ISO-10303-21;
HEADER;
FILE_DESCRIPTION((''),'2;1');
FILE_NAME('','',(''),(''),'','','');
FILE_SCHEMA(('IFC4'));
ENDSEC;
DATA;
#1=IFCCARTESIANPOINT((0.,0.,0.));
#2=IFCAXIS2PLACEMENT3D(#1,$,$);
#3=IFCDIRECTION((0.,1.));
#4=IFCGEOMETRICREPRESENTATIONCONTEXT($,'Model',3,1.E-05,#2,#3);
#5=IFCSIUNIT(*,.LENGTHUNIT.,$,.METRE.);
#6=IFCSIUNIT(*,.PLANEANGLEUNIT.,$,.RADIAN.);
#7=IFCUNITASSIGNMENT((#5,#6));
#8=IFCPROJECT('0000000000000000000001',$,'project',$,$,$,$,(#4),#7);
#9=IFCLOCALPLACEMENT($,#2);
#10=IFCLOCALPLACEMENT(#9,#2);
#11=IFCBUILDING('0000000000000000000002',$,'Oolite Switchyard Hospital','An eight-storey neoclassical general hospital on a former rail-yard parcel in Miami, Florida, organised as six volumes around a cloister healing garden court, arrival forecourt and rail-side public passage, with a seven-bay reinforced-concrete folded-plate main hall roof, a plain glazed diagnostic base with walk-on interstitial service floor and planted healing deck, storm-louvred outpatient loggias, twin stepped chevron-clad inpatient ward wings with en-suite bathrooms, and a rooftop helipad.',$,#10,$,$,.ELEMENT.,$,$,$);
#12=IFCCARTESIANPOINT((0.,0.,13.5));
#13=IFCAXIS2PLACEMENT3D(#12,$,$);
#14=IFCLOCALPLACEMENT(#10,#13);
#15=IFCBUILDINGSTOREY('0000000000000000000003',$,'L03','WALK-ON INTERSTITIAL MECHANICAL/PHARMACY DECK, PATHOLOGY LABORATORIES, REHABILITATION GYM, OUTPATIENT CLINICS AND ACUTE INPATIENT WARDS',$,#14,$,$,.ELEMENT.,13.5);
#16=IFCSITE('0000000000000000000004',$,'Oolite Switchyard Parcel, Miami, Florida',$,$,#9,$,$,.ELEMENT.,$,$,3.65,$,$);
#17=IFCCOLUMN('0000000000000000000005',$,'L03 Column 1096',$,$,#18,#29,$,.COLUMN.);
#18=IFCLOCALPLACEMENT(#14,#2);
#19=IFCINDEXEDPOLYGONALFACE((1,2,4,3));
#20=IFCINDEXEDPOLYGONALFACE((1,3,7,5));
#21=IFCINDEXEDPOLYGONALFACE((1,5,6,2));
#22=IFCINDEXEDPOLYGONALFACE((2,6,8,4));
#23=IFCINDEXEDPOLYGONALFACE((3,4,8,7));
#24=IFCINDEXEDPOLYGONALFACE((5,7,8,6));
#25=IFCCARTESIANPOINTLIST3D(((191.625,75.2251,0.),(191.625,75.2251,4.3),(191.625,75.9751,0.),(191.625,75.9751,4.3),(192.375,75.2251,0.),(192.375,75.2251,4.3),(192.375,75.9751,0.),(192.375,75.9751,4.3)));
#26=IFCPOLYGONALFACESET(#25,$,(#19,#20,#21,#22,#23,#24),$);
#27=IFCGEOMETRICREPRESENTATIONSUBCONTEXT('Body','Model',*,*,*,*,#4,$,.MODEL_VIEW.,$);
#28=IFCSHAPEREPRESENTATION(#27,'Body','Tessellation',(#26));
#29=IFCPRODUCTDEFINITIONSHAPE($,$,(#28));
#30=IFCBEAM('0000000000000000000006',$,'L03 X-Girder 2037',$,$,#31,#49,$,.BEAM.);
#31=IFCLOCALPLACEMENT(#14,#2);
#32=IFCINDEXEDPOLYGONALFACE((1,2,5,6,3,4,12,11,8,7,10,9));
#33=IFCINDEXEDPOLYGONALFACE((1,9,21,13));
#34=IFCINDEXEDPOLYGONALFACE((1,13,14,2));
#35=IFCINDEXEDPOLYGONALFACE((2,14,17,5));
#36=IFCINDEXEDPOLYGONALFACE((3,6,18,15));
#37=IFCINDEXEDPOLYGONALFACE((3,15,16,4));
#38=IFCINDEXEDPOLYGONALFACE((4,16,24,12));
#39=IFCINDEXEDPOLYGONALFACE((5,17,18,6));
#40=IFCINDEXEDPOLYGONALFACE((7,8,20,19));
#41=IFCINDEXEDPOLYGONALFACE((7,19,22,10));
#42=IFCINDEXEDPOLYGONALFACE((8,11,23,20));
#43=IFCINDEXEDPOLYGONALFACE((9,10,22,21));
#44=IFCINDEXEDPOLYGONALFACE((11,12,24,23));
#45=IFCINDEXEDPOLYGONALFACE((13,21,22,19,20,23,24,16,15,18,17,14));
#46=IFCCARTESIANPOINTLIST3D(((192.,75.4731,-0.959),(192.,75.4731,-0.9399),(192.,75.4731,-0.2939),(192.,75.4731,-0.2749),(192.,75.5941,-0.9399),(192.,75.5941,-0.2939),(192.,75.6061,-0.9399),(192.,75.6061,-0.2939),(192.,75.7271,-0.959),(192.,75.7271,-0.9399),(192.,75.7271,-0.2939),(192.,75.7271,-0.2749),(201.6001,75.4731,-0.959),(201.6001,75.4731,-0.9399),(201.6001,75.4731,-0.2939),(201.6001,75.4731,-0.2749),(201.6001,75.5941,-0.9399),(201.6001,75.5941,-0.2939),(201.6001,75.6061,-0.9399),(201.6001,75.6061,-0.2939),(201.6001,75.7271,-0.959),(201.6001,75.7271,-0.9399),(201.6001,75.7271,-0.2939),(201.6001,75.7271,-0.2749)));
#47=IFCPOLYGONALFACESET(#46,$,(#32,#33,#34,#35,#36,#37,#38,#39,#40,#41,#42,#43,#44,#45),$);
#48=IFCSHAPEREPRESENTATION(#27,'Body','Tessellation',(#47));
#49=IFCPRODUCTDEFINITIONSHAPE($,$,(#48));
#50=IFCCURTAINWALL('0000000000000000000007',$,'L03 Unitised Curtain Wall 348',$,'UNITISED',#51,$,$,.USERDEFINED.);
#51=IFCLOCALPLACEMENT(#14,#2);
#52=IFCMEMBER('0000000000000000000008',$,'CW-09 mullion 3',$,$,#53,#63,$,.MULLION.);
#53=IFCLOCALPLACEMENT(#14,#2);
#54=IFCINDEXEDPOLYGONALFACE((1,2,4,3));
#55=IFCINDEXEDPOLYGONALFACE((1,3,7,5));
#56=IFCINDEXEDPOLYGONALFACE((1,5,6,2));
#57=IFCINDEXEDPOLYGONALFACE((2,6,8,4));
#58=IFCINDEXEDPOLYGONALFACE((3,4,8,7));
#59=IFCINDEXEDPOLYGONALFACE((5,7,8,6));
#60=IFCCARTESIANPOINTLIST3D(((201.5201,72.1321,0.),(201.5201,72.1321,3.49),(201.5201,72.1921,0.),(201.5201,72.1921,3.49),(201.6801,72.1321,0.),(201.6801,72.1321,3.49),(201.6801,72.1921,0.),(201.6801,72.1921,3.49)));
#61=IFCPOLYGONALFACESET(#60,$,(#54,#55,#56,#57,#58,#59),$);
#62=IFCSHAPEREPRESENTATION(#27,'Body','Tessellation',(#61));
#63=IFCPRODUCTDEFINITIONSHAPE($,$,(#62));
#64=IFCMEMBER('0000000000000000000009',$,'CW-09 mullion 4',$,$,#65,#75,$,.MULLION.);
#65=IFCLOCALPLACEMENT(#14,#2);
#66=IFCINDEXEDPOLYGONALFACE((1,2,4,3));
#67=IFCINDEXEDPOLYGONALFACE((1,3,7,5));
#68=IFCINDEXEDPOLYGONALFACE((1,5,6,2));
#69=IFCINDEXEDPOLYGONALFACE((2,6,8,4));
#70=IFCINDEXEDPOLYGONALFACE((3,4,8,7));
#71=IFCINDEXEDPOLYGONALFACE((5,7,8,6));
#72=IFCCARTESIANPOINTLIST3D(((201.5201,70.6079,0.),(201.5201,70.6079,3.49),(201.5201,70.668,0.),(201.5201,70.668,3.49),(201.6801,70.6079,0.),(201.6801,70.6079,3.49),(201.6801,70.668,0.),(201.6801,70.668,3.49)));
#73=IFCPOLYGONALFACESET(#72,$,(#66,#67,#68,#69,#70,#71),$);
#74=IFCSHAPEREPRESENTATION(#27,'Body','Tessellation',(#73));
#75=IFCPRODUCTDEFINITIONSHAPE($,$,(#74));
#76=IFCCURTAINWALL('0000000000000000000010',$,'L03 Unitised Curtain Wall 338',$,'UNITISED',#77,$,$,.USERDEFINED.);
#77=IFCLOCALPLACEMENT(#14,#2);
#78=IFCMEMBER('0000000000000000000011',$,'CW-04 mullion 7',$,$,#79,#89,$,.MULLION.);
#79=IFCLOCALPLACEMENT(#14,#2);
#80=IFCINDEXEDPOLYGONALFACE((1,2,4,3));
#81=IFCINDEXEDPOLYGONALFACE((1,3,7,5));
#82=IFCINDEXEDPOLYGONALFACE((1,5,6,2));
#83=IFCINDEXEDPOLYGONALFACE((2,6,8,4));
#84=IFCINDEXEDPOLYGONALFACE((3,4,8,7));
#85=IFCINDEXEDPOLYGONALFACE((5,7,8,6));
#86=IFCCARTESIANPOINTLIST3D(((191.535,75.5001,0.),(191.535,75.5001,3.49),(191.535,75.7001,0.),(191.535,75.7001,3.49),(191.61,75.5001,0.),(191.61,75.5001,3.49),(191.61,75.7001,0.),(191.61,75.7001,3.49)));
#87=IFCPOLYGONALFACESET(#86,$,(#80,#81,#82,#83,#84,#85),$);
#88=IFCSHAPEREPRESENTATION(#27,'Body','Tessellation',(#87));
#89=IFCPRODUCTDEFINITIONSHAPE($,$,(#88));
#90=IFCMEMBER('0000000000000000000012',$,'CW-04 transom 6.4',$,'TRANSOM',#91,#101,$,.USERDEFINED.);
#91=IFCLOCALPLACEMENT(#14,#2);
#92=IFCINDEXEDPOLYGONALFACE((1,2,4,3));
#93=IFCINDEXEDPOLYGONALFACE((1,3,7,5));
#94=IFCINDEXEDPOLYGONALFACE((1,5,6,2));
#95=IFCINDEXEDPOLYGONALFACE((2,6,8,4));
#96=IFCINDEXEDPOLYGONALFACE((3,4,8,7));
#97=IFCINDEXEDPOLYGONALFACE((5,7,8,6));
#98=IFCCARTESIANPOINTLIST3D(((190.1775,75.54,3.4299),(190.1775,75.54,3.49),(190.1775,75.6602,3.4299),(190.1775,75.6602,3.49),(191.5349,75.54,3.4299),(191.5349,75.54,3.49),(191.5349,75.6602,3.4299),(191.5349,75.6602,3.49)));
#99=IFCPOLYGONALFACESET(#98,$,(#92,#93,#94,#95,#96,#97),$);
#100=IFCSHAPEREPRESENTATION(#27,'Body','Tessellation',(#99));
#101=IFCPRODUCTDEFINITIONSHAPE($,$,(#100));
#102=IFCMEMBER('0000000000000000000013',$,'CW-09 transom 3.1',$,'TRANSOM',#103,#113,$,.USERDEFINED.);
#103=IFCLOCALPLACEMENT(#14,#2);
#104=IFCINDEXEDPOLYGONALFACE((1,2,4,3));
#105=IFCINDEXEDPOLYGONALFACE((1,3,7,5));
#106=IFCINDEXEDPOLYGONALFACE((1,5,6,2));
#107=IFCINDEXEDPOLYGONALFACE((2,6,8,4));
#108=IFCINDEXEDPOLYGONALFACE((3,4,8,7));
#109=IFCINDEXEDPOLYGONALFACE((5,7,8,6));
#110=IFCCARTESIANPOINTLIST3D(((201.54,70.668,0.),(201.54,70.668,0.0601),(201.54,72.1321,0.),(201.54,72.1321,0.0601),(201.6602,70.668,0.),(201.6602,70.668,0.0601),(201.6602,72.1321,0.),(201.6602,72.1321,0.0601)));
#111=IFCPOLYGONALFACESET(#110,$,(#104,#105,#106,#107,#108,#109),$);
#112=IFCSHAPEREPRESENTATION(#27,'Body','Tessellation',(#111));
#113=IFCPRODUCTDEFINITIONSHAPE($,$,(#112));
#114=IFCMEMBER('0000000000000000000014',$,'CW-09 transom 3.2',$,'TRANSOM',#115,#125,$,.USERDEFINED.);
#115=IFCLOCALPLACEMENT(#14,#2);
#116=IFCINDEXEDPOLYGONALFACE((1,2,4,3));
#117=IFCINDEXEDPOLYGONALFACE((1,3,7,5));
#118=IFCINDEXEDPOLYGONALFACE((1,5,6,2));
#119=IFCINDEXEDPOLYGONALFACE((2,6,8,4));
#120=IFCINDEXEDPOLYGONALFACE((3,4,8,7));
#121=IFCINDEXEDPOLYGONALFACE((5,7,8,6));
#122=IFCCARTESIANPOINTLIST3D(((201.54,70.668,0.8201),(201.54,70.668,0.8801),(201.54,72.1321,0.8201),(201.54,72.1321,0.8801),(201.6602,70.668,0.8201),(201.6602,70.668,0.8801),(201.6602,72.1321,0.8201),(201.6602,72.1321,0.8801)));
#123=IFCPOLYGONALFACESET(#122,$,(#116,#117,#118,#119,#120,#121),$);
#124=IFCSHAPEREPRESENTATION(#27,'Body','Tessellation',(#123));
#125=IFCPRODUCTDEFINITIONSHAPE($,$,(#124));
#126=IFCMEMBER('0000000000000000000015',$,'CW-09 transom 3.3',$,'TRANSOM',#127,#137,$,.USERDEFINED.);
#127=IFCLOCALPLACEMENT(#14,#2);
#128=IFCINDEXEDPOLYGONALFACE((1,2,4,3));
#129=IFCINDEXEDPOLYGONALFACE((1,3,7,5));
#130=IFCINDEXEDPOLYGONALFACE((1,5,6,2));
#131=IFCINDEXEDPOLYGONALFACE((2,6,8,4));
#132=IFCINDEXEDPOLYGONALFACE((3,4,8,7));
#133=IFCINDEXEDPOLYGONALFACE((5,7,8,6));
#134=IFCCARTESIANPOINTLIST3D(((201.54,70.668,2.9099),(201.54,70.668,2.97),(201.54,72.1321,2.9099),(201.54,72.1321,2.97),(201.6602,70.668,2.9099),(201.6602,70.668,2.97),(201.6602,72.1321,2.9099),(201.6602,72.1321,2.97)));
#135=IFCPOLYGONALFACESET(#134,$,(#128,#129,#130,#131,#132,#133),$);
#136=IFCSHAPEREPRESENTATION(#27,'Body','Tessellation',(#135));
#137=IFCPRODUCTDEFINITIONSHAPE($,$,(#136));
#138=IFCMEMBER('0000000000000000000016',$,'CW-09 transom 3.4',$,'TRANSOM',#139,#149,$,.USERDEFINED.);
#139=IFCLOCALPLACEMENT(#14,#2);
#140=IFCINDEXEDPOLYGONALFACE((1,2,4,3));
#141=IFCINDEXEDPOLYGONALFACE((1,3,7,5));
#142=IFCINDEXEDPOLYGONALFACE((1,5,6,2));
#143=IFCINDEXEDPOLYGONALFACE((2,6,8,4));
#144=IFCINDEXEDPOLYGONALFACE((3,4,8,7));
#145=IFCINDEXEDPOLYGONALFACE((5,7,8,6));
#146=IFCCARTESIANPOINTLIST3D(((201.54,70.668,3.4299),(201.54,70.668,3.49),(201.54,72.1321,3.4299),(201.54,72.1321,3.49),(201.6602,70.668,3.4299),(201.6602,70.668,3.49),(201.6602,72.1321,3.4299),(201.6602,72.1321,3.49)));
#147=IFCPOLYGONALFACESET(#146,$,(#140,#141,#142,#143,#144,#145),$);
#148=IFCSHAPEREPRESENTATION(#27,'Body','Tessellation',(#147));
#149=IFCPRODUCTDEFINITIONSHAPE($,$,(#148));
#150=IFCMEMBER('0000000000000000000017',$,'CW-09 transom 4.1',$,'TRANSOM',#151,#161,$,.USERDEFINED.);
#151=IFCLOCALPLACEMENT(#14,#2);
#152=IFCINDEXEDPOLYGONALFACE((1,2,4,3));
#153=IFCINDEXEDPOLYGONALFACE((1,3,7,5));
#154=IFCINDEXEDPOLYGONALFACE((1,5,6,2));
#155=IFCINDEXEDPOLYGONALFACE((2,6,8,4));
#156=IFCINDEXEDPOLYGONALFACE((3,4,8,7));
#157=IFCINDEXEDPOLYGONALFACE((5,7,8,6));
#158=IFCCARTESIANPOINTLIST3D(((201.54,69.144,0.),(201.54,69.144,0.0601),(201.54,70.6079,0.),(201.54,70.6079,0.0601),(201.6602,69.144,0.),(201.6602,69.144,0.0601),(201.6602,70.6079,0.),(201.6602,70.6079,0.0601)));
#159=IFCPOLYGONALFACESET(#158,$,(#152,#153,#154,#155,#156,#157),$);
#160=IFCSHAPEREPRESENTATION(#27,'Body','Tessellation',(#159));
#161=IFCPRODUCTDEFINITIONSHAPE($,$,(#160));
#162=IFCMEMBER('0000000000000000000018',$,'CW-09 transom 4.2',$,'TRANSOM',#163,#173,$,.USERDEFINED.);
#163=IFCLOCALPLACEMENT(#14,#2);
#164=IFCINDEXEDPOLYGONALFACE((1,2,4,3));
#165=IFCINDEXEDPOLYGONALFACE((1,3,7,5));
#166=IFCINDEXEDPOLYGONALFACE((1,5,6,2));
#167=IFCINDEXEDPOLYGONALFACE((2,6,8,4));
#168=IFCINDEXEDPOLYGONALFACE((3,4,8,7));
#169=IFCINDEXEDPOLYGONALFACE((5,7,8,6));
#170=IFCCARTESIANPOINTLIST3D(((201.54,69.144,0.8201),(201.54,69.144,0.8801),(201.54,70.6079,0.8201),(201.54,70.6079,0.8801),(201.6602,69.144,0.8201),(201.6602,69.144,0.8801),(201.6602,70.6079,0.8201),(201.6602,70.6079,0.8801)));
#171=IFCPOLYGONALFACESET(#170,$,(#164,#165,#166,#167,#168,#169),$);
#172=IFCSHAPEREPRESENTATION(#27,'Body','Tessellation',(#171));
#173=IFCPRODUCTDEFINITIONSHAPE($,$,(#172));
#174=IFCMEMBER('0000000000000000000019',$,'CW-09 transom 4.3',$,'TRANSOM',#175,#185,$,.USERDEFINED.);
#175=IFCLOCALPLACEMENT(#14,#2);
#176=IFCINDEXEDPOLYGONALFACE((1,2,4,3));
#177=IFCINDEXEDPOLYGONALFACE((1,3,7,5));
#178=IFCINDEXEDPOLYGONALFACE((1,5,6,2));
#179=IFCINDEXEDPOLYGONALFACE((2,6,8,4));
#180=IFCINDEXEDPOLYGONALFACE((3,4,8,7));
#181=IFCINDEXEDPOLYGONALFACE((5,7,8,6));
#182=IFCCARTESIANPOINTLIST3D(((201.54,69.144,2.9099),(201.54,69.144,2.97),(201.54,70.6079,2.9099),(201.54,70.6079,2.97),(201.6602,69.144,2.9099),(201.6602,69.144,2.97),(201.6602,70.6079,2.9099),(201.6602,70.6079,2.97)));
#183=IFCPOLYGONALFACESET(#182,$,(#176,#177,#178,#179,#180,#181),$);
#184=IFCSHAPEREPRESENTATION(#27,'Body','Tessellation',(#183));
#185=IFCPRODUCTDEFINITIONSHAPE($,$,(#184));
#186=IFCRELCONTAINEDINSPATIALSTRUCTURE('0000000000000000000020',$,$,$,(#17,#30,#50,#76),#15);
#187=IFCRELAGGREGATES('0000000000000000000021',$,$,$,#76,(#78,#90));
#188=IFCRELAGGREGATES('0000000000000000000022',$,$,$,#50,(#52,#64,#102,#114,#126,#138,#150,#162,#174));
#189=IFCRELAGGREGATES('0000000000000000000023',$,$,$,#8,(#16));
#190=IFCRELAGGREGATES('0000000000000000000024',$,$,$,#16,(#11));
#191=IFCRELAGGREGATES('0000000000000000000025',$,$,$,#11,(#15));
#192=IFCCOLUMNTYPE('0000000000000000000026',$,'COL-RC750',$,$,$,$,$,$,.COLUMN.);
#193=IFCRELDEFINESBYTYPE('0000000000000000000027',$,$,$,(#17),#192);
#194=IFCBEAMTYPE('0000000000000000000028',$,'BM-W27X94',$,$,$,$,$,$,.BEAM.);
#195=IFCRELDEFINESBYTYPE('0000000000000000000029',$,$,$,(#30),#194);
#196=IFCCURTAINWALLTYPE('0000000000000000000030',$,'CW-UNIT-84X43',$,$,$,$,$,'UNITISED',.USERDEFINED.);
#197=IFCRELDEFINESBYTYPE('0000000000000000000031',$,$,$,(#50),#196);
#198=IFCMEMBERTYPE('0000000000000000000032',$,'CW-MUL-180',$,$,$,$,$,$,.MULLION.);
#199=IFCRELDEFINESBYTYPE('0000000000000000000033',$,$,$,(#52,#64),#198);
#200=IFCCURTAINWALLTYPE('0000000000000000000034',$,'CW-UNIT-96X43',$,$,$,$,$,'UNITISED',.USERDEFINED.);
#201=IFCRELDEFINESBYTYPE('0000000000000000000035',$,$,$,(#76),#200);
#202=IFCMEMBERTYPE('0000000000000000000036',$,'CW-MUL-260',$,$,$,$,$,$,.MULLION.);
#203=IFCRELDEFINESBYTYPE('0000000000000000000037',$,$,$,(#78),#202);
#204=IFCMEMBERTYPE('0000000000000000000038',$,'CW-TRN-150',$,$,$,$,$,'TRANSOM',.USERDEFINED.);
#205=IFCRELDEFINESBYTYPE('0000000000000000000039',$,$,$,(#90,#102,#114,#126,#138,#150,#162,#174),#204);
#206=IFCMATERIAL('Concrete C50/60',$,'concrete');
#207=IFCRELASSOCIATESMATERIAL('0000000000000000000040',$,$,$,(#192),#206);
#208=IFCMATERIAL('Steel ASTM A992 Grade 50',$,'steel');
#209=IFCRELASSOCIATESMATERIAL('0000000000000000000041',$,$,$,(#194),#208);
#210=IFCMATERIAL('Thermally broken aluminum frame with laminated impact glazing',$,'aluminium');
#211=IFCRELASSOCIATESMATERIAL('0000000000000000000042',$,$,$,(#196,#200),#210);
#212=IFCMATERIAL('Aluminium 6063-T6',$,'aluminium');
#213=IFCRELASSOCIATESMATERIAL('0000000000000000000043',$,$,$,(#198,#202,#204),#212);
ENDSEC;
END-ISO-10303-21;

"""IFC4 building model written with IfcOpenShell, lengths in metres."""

from ifc_helpers import new_model, si_unit, direction, frame, origin, origin_2d, place, context, subcontext, project, spatial, rectangle, i_section, extrude, material, material_profile, profile_set, type_object, element, aggregate, save


model = new_model("IFC4")

# Units and contexts
model_context = context("Model", 3, precision=1e-05, world=origin(), true_north=direction((0.0, 1.0)))
body_context = subcontext(model_context, "Body", "Model", "MODEL_VIEW")
ifc_project = project(units=[si_unit("LENGTHUNIT", "METRE"), si_unit("PLANEANGLEUNIT", "RADIAN")], contexts=[model_context])

# Site, building, storey
site_placement = place(None, origin())
site = spatial("IfcSite", under=ifc_project, at=site_placement, Name="Oolite Switchyard Parcel, Miami, Florida", CompositionType="ELEMENT", RefElevation=3.65)
building_placement = place(site_placement, origin())
building = spatial("IfcBuilding", under=site, at=building_placement, Name="Oolite Switchyard Hospital", Description="An eight-storey neoclassical general hospital on a former rail-yard parcel in Miami, Florida, organised as six volumes around a cloister healing garden court, arrival forecourt and rail-side public passage, with a seven-bay reinforced-concrete folded-plate main hall roof, a plain glazed diagnostic base with walk-on interstitial service floor and planted healing deck, storm-louvred outpatient loggias, twin stepped chevron-clad inpatient ward wings with en-suite bathrooms, and a rooftop helipad.", CompositionType="ELEMENT")
storey_placement = place(building_placement, frame((0.0, 0.0, 13.5)))
storey = spatial("IfcBuildingStorey", under=building, at=storey_placement, Name="L03", Description="WALK-ON INTERSTITIAL MECHANICAL/PHARMACY DECK, PATHOLOGY LABORATORIES, REHABILITATION GYM, OUTPATIENT CLINICS AND ACUTE INPATIENT WARDS", CompositionType="ELEMENT", Elevation=13.5)

# Column
ifc_material_1 = material(Name="Concrete C50/60", Category="concrete")
ifc_material_profile_1 = material_profile(ifc_material_1, rectangle(XDim=0.75, YDim=0.75, at=origin_2d()), Name="RC750X750")
ifc_profile_set_1 = profile_set([ifc_material_profile_1], Name="Concrete C50/60")
column_type = type_object("IfcColumnType", Name="COL-RC750", PredefinedType="COLUMN", material=ifc_profile_set_1)
column_placement = place(storey_placement, frame((192.0, 75.6001, 0.0), z_axis=(0.0, 0.0, 1.0), x_axis=(1.0, 0.0, 0.0)))
element("IfcColumn", 1, at=column_placement, inside=storey, type_object=column_type, Name="L03 Column 1096", PredefinedType="COLUMN", context=body_context, shape_type="SweptSolid", body=[
    extrude(rectangle(XDim=0.75, YDim=0.75, at=origin_2d()), origin(), (0.0, 0.0, 1.0), 4.3),
])

# Beam
ifc_material_2 = material(Name="Steel ASTM A992 Grade 50", Category="steel")
ifc_material_profile_2 = material_profile(ifc_material_2, i_section(OverallWidth=0.2539, OverallDepth=0.6841, WebThickness=0.012, FlangeThickness=0.019, at=origin_2d()), Name="W27X94")
ifc_profile_set_2 = profile_set([ifc_material_profile_2], Name="Steel ASTM A992 Grade 50")
beam_type = type_object("IfcBeamType", Name="BM-W27X94", PredefinedType="BEAM", material=ifc_profile_set_2)
beam_placement = place(storey_placement, frame((192.0, 75.6001, -0.6169), z_axis=(1.0, 0.0, 0.0), x_axis=(0.0, 1.0, 0.0)))
element("IfcBeam", 2, at=beam_placement, inside=storey, type_object=beam_type, Name="L03 X-Girder 2037", PredefinedType="BEAM", context=body_context, shape_type="SweptSolid", body=[
    extrude(i_section(OverallWidth=0.2539, OverallDepth=0.6841, WebThickness=0.012, FlangeThickness=0.019, at=origin_2d()), origin(), (0.0, 0.0, 1.0), 9.6001),
])

# Curtain walls, members
ifc_material_3 = material(Name="Thermally broken aluminum frame with laminated impact glazing", Category="aluminium")
curtain_wall_type_1 = type_object("IfcCurtainWallType", Name="CW-UNIT-84X43", ElementType="UNITISED", PredefinedType="USERDEFINED", material=ifc_material_3)
curtain_wall_1_placement = place(storey_placement, origin())
curtain_wall_1 = element("IfcCurtainWall", 3, at=curtain_wall_1_placement, inside=storey, type_object=curtain_wall_type_1, Name="L03 Unitised Curtain Wall 348", ObjectType="UNITISED", PredefinedType="USERDEFINED")
ifc_material_4 = material(Name="Aluminium 6063-T6", Category="aluminium")
ifc_material_profile_3 = material_profile(ifc_material_4, rectangle(XDim=0.1599, YDim=0.0601, at=origin_2d()), Name="CWM60X160")
ifc_profile_set_3 = profile_set([ifc_material_profile_3], Name="Aluminium 6063-T6")
member_type_1 = type_object("IfcMemberType", Name="CW-MUL-180", PredefinedType="MULLION", material=ifc_profile_set_3)
member_1_placement = place(storey_placement, frame((201.6001, 72.1621, 0.0), z_axis=(0.0, 0.0, 1.0), x_axis=(1.0, 0.0, 0.0)))
member_1 = element("IfcMember", 4, at=member_1_placement, type_object=member_type_1, Name="CW-09 mullion 3", PredefinedType="MULLION", context=body_context, shape_type="SweptSolid", body=[
    extrude(rectangle(XDim=0.1599, YDim=0.0601, at=origin_2d()), origin(), (0.0, 0.0, 1.0), 3.49),
])
member_2_placement = place(storey_placement, frame((201.6001, 70.6379, 0.0), z_axis=(0.0, 0.0, 1.0), x_axis=(1.0, 0.0, 0.0)))
member_2 = element("IfcMember", 5, at=member_2_placement, type_object=member_type_1, Name="CW-09 mullion 4", PredefinedType="MULLION", context=body_context, shape_type="SweptSolid", body=[
    extrude(rectangle(XDim=0.1599, YDim=0.0601, at=origin_2d()), origin(), (0.0, 0.0, 1.0), 3.49),
])
curtain_wall_type_2 = type_object("IfcCurtainWallType", Name="CW-UNIT-96X43", ElementType="UNITISED", PredefinedType="USERDEFINED", material=ifc_material_3)
curtain_wall_2_placement = place(storey_placement, origin())
curtain_wall_2 = element("IfcCurtainWall", 6, at=curtain_wall_2_placement, inside=storey, type_object=curtain_wall_type_2, Name="L03 Unitised Curtain Wall 338", ObjectType="UNITISED", PredefinedType="USERDEFINED")
ifc_material_profile_4 = material_profile(ifc_material_4, rectangle(XDim=0.2, YDim=0.075, at=origin_2d()), Name="CWM75X200")
ifc_profile_set_4 = profile_set([ifc_material_profile_4], Name="Aluminium 6063-T6")
member_type_2 = type_object("IfcMemberType", Name="CW-MUL-260", PredefinedType="MULLION", material=ifc_profile_set_4)
member_3_placement = place(storey_placement, frame((191.5725, 75.6001, 0.0), z_axis=(0.0, 0.0, 1.0), x_axis=(0.0, 1.0, 0.0)))
member_3 = element("IfcMember", 7, at=member_3_placement, type_object=member_type_2, Name="CW-04 mullion 7", PredefinedType="MULLION", context=body_context, shape_type="SweptSolid", body=[
    extrude(rectangle(XDim=0.2, YDim=0.075, at=origin_2d()), origin(), (0.0, 0.0, 1.0), 3.49),
])
ifc_material_profile_5 = material_profile(ifc_material_4, rectangle(XDim=0.1201, YDim=0.0601, at=origin_2d()), Name="CWT60X120")
ifc_profile_set_5 = profile_set([ifc_material_profile_5], Name="Aluminium 6063-T6")
member_type_3 = type_object("IfcMemberType", Name="CW-TRN-150", ElementType="TRANSOM", PredefinedType="USERDEFINED", material=ifc_profile_set_5)
member_4_placement = place(storey_placement, frame((190.1775, 75.6001, 3.46), z_axis=(1.0, 0.0, 0.0), x_axis=(0.0, 1.0, 0.0)))
member_4 = element("IfcMember", 8, at=member_4_placement, type_object=member_type_3, Name="CW-04 transom 6.4", ObjectType="TRANSOM", PredefinedType="USERDEFINED", context=body_context, shape_type="SweptSolid", body=[
    extrude(rectangle(XDim=0.1201, YDim=0.0601, at=origin_2d()), origin(), (0.0, 0.0, 1.0), 1.3574),
])

# Members
member_5_placement = place(storey_placement, frame((201.6001, 72.1321, 0.03), z_axis=(0.0, -1.0, 0.0), x_axis=(1.0, 0.0, 0.0)))
member_5 = element("IfcMember", 9, at=member_5_placement, type_object=member_type_3, Name="CW-09 transom 3.1", ObjectType="TRANSOM", PredefinedType="USERDEFINED", context=body_context, shape_type="SweptSolid", body=[
    extrude(rectangle(XDim=0.1201, YDim=0.0601, at=origin_2d()), origin(), (0.0, 0.0, 1.0), 1.4641),
])
member_6_placement = place(storey_placement, frame((201.6001, 72.1321, 0.8501), z_axis=(0.0, -1.0, 0.0), x_axis=(1.0, 0.0, 0.0)))
member_6 = element("IfcMember", 10, at=member_6_placement, type_object=member_type_3, Name="CW-09 transom 3.2", ObjectType="TRANSOM", PredefinedType="USERDEFINED", context=body_context, shape_type="SweptSolid", body=[
    extrude(rectangle(XDim=0.1201, YDim=0.0601, at=origin_2d()), origin(), (0.0, 0.0, 1.0), 1.4641),
])
member_7_placement = place(storey_placement, frame((201.6001, 72.1321, 2.9399), z_axis=(0.0, -1.0, 0.0), x_axis=(1.0, 0.0, 0.0)))
member_7 = element("IfcMember", 11, at=member_7_placement, type_object=member_type_3, Name="CW-09 transom 3.3", ObjectType="TRANSOM", PredefinedType="USERDEFINED", context=body_context, shape_type="SweptSolid", body=[
    extrude(rectangle(XDim=0.1201, YDim=0.0601, at=origin_2d()), origin(), (0.0, 0.0, 1.0), 1.4641),
])
member_8_placement = place(storey_placement, frame((201.6001, 72.1321, 3.46), z_axis=(0.0, -1.0, 0.0), x_axis=(1.0, 0.0, 0.0)))
member_8 = element("IfcMember", 12, at=member_8_placement, type_object=member_type_3, Name="CW-09 transom 3.4", ObjectType="TRANSOM", PredefinedType="USERDEFINED", context=body_context, shape_type="SweptSolid", body=[
    extrude(rectangle(XDim=0.1201, YDim=0.0601, at=origin_2d()), origin(), (0.0, 0.0, 1.0), 1.4641),
])
member_9_placement = place(storey_placement, frame((201.6001, 70.6079, 0.03), z_axis=(0.0, -1.0, 0.0), x_axis=(1.0, 0.0, 0.0)))
member_9 = element("IfcMember", 13, at=member_9_placement, type_object=member_type_3, Name="CW-09 transom 4.1", ObjectType="TRANSOM", PredefinedType="USERDEFINED", context=body_context, shape_type="SweptSolid", body=[
    extrude(rectangle(XDim=0.1201, YDim=0.0601, at=origin_2d()), origin(), (0.0, 0.0, 1.0), 1.4639),
])
member_10_placement = place(storey_placement, frame((201.6001, 70.6079, 0.8501), z_axis=(0.0, -1.0, 0.0), x_axis=(1.0, 0.0, 0.0)))
member_10 = element("IfcMember", 14, at=member_10_placement, type_object=member_type_3, Name="CW-09 transom 4.2", ObjectType="TRANSOM", PredefinedType="USERDEFINED", context=body_context, shape_type="SweptSolid", body=[
    extrude(rectangle(XDim=0.1201, YDim=0.0601, at=origin_2d()), origin(), (0.0, 0.0, 1.0), 1.4639),
])
member_11_placement = place(storey_placement, frame((201.6001, 70.6079, 2.9399), z_axis=(0.0, -1.0, 0.0), x_axis=(1.0, 0.0, 0.0)))
member_11 = element("IfcMember", 15, at=member_11_placement, type_object=member_type_3, Name="CW-09 transom 4.3", ObjectType="TRANSOM", PredefinedType="USERDEFINED", context=body_context, shape_type="SweptSolid", body=[
    extrude(rectangle(XDim=0.1201, YDim=0.0601, at=origin_2d()), origin(), (0.0, 0.0, 1.0), 1.4639),
])

aggregate(curtain_wall_2, [member_3, member_4])
aggregate(curtain_wall_1, [member_1, member_2, member_5, member_6, member_7, member_8, member_9, member_10, member_11])

save(model, "model.ifc")
